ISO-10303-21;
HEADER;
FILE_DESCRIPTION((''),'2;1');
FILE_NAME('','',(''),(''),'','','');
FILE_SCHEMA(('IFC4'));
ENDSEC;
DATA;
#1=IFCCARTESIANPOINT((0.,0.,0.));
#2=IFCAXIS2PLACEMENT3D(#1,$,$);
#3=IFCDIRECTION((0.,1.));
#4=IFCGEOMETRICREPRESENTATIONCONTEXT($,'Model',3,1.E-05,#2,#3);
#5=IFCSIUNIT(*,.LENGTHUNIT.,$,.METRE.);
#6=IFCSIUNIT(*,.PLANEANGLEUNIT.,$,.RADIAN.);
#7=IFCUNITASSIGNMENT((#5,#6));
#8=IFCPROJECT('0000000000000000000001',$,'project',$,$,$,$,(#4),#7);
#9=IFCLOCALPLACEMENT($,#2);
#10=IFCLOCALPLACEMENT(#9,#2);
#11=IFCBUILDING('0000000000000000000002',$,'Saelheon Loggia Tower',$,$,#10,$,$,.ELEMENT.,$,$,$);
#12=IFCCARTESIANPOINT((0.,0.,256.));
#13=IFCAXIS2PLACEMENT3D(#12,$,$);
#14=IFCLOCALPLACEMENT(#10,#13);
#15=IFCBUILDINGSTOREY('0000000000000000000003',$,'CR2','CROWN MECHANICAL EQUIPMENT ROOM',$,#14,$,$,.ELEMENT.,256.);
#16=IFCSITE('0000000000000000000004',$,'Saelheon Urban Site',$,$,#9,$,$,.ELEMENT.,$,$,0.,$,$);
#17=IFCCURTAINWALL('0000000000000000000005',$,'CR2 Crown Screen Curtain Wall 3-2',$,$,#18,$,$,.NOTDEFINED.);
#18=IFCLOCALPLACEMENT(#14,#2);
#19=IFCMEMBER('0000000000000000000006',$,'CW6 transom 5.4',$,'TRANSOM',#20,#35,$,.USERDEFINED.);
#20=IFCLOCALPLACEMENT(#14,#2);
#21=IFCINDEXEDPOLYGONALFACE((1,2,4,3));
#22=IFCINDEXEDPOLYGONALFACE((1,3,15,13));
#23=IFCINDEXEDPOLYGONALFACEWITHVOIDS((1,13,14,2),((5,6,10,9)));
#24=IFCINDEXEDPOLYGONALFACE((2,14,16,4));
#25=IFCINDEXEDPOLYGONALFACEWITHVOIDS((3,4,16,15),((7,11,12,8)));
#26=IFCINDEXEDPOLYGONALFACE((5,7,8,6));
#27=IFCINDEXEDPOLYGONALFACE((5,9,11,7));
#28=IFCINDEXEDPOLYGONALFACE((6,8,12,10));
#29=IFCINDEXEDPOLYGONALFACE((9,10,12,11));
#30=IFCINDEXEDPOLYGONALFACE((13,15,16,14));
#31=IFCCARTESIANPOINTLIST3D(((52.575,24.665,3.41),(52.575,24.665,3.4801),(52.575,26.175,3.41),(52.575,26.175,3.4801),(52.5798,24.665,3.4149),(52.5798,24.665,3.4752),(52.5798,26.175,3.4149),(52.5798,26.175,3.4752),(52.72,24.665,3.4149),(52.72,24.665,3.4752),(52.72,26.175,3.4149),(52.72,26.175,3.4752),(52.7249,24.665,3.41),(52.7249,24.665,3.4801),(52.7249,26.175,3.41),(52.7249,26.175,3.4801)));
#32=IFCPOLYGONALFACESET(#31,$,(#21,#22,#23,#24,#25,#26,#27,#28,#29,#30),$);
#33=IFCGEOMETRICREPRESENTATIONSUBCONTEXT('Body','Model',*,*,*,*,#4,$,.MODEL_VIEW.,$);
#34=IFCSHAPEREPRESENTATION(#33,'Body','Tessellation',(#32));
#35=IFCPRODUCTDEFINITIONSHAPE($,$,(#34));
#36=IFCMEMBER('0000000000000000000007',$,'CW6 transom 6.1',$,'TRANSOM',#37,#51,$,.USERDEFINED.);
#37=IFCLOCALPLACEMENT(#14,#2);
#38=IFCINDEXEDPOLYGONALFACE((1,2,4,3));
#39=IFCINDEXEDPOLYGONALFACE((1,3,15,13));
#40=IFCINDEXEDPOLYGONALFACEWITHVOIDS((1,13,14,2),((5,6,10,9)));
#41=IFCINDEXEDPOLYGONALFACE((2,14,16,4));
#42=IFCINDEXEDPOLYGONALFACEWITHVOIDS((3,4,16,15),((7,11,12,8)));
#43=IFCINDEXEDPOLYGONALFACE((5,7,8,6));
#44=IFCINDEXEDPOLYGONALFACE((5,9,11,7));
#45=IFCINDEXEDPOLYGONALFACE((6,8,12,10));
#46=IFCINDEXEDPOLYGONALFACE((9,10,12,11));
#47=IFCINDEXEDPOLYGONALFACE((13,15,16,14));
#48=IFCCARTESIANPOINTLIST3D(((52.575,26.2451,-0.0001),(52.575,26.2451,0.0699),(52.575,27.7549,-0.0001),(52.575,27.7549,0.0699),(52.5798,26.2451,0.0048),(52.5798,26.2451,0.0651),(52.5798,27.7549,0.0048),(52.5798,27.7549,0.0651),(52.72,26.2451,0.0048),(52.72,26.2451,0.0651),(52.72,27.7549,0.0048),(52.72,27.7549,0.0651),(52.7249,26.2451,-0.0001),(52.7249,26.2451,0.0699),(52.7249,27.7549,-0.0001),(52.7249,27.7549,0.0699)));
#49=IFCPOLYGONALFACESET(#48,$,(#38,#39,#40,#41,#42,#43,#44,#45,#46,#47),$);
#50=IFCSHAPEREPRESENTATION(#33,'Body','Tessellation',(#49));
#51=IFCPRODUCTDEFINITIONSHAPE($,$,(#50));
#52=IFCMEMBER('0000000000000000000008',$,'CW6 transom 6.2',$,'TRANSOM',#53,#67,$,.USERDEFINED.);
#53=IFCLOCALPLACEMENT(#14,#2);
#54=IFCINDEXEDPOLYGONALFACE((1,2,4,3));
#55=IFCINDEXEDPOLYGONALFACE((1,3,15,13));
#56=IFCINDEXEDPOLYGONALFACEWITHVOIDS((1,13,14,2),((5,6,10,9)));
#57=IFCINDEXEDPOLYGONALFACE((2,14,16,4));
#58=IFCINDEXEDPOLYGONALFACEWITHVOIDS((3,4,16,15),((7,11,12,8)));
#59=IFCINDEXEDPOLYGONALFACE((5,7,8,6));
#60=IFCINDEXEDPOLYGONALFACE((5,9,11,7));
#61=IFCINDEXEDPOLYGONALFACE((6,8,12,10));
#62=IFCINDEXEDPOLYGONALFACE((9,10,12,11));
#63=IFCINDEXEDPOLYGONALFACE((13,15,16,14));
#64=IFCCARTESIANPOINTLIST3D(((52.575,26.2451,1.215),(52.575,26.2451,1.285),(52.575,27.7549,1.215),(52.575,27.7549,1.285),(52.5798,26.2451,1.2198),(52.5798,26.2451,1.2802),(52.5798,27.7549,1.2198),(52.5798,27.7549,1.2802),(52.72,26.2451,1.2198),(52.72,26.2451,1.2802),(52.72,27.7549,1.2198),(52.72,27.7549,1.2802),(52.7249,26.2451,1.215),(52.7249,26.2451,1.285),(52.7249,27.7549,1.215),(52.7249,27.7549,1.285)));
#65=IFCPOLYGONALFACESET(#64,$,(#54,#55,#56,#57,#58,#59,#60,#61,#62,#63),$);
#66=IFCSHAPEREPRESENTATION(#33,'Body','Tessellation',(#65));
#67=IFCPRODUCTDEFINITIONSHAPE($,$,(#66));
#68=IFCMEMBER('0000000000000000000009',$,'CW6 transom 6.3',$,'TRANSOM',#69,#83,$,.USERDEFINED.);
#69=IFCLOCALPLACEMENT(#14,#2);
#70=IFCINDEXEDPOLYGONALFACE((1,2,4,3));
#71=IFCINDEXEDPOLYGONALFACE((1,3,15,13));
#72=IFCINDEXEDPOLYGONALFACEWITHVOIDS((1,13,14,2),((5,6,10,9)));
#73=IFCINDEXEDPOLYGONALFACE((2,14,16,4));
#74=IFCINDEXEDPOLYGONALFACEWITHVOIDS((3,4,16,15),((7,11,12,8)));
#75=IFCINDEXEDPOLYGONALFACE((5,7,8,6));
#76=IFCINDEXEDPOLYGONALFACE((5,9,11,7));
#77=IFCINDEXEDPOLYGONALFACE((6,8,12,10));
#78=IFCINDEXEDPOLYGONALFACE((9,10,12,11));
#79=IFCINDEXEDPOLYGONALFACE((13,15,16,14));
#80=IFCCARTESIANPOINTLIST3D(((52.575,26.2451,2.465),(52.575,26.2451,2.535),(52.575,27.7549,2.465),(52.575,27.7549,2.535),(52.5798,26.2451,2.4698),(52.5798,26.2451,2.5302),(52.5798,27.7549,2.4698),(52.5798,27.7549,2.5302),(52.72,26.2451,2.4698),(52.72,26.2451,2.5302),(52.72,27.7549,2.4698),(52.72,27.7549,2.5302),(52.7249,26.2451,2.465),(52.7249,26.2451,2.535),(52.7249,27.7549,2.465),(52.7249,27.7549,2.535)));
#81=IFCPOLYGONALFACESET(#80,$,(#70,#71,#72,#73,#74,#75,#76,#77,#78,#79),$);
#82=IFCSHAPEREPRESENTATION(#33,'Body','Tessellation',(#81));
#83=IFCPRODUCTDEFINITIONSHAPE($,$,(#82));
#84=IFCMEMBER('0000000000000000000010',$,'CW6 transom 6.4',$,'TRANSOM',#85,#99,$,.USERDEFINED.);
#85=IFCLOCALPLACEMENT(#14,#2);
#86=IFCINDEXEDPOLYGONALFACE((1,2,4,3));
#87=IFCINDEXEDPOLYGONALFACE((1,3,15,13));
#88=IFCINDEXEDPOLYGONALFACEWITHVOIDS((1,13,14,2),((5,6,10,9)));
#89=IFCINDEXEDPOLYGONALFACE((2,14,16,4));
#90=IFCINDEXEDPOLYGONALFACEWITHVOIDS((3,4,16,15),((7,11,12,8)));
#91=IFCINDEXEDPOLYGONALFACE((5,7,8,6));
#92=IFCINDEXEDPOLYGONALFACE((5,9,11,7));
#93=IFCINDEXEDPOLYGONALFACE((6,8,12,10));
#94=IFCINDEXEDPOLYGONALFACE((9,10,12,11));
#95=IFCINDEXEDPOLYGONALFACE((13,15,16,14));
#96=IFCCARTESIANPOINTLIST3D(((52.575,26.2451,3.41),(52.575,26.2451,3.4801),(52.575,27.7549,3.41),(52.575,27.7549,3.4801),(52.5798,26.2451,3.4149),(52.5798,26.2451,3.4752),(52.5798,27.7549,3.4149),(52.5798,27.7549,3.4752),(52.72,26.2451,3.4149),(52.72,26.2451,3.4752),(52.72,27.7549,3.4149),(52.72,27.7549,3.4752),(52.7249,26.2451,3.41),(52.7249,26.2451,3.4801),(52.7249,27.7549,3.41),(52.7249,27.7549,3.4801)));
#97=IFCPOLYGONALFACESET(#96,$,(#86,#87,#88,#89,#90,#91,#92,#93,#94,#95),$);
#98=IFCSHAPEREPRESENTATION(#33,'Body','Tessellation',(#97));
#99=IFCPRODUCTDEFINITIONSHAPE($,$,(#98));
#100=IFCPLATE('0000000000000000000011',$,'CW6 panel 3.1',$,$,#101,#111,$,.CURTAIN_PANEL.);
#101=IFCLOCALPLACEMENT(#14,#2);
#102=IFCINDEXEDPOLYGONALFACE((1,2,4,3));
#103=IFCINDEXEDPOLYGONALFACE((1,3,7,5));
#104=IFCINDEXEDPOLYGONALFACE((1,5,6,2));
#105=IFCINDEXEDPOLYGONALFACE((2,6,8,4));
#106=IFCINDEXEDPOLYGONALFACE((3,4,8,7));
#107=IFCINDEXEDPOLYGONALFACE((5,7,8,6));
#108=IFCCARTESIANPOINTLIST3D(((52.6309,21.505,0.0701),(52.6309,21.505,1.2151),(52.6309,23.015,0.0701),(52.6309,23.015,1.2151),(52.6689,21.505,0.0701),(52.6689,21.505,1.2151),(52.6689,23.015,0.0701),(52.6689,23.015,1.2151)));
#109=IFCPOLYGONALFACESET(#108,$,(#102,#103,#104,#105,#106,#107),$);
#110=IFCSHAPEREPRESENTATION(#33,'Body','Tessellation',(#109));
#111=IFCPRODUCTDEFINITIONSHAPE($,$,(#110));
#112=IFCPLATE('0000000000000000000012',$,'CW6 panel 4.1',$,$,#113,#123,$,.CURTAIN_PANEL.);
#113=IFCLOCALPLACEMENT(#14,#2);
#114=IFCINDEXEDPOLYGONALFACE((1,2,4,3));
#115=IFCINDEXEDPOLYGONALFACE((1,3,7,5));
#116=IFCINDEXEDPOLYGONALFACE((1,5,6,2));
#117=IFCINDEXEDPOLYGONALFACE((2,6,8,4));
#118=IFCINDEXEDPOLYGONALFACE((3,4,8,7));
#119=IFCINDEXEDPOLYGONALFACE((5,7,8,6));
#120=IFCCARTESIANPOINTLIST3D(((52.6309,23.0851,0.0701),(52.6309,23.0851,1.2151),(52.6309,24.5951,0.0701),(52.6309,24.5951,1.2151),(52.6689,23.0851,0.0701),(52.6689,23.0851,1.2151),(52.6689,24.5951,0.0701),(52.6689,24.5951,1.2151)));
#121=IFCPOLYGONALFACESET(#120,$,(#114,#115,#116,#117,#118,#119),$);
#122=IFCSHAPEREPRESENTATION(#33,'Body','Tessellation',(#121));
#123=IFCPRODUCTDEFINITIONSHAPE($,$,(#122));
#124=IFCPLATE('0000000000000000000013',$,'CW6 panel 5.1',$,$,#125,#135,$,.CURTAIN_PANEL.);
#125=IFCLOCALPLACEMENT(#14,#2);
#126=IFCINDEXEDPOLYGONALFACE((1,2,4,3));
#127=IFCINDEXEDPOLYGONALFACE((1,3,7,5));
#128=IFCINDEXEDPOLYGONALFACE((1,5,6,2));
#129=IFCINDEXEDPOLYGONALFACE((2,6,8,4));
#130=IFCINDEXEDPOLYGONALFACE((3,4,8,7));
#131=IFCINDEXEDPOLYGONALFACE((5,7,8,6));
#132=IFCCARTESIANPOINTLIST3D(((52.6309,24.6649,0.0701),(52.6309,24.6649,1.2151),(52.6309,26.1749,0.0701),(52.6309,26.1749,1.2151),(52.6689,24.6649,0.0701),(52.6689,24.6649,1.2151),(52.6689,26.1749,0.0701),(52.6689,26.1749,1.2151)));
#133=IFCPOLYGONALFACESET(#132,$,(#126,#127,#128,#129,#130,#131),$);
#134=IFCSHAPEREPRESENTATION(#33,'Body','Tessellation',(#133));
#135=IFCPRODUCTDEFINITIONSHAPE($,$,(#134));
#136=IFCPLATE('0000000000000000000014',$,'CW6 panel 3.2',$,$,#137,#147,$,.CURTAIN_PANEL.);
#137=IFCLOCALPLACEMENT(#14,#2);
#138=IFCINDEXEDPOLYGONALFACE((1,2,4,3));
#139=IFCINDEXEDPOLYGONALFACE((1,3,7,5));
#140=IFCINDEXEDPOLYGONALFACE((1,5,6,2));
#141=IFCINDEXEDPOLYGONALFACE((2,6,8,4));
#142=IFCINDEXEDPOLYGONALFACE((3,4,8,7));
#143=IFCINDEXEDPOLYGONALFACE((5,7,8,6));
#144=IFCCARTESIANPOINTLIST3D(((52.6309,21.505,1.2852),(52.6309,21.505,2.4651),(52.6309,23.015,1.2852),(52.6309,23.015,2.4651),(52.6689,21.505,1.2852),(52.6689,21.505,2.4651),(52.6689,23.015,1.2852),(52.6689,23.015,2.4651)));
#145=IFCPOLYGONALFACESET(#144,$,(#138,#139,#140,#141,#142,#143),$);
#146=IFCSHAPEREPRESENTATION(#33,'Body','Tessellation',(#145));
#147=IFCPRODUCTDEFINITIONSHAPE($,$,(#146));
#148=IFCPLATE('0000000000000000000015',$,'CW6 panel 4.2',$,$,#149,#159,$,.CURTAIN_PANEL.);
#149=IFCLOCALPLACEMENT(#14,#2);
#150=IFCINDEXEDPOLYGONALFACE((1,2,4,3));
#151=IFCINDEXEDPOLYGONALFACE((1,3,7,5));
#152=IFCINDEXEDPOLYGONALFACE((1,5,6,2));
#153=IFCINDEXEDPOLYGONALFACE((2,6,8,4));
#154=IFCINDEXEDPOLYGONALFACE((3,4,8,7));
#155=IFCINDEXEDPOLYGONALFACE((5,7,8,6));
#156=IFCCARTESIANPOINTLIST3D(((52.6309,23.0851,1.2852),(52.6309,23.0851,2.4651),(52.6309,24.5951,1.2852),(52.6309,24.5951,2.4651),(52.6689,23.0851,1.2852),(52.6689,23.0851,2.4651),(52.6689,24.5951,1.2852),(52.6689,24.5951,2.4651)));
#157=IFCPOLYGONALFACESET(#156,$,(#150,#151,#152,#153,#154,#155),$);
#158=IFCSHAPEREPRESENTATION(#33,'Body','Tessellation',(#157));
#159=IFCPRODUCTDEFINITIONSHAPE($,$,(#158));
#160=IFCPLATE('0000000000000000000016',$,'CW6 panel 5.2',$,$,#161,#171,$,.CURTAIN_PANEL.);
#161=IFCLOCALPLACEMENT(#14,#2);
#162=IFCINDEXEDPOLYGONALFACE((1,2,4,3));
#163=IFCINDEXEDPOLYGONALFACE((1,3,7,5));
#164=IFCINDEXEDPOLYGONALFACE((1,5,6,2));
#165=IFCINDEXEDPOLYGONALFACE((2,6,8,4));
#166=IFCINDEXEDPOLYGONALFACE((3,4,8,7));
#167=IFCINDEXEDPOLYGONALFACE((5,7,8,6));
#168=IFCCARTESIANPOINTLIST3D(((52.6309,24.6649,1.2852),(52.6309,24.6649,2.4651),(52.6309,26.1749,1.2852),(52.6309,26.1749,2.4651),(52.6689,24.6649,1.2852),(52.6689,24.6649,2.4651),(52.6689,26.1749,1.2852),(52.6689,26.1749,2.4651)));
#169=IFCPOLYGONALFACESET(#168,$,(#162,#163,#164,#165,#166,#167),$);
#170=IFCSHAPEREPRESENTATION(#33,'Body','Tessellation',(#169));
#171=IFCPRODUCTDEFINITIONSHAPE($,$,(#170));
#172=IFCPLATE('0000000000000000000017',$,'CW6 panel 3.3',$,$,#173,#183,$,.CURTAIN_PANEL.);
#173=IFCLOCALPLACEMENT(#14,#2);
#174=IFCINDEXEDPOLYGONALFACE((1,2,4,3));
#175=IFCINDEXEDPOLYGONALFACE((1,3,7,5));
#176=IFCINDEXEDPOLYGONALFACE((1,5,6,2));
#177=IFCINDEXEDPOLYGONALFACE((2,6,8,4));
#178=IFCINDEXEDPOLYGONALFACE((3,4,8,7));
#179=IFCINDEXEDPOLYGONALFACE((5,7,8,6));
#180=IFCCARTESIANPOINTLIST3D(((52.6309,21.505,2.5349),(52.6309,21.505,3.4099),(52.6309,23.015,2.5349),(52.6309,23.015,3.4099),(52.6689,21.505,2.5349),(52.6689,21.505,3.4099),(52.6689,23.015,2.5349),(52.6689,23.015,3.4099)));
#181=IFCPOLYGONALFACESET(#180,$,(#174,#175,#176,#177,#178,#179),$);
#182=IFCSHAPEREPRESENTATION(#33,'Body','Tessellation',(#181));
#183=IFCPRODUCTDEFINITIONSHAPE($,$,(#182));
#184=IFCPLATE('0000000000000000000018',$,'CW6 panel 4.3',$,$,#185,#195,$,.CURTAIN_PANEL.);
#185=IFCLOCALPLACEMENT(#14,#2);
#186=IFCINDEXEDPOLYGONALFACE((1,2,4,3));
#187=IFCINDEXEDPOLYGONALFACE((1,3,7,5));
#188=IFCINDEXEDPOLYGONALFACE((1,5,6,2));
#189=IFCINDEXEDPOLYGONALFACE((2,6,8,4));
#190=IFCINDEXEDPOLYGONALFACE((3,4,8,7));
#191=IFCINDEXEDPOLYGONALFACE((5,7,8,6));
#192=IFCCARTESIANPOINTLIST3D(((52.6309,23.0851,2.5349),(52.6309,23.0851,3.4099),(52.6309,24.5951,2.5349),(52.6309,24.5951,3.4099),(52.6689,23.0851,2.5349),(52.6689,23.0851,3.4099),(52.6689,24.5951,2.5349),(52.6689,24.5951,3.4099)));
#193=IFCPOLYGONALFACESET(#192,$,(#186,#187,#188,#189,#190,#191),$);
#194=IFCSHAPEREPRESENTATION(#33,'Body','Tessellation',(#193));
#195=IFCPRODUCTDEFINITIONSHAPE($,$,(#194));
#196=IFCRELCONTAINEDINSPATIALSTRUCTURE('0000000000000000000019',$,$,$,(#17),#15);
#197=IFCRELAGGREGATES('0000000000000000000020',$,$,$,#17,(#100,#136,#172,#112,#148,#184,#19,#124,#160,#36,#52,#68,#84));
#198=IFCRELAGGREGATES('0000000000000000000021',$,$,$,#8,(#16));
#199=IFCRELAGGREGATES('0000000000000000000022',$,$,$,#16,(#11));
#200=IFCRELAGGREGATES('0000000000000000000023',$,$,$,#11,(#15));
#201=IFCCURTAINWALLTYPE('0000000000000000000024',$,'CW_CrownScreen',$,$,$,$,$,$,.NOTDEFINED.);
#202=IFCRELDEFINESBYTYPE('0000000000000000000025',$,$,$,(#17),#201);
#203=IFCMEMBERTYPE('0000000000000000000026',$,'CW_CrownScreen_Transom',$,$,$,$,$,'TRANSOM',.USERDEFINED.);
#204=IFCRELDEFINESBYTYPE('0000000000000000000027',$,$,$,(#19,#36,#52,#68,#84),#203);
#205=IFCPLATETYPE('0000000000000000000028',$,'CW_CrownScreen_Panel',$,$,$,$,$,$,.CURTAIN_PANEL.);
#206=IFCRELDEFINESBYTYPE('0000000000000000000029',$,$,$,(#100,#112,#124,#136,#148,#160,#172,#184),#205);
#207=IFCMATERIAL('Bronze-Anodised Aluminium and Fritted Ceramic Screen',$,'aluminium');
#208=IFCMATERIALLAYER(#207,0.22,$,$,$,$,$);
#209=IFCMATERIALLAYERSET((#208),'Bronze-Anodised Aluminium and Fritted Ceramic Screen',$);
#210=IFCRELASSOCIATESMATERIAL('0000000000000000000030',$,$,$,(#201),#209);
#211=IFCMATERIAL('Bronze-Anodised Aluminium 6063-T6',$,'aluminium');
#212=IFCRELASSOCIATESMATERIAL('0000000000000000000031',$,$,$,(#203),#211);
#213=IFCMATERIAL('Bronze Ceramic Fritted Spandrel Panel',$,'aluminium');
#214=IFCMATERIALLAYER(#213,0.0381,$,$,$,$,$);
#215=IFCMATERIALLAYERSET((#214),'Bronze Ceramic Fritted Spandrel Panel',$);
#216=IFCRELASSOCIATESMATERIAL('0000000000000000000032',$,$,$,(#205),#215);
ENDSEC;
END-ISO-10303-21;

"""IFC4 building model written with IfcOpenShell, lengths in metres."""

from ifc_helpers import new_model, si_unit, direction, frame, origin, origin_2d, place, context, subcontext, project, spatial, rectangle, hollow_rectangle, extrude, source, transform, mapped, material, layer, layer_set, material_profile, profile_set, type_object, element, aggregate, save


model = new_model("IFC4")

# Units and contexts
model_context = context("Model", 3, precision=1e-05, world=origin(), true_north=direction((0.0, 1.0)))
body_context = subcontext(model_context, "Body", "Model", "MODEL_VIEW")
ifc_project = project(units=[si_unit("LENGTHUNIT", "METRE"), si_unit("PLANEANGLEUNIT", "RADIAN")], contexts=[model_context])

# Site, building, storey
site_placement = place(None, origin())
site = spatial("IfcSite", under=ifc_project, at=site_placement, Name="Saelheon Urban Site", CompositionType="ELEMENT", RefElevation=0.0)
building_placement = place(site_placement, origin())
building = spatial("IfcBuilding", under=site, at=building_placement, Name="Saelheon Loggia Tower", CompositionType="ELEMENT")
storey_placement = place(building_placement, frame((0.0, 0.0, 256.0)))
storey = spatial("IfcBuildingStorey", under=building, at=storey_placement, Name="CR2", Description="CROWN MECHANICAL EQUIPMENT ROOM", CompositionType="ELEMENT", Elevation=256.0)

# Curtain wall, members, plates
ifc_material_1 = material(Name="Bronze-Anodised Aluminium and Fritted Ceramic Screen", Category="aluminium")
ifc_layer_1 = layer(ifc_material_1, 0.22)
ifc_layer_set_1 = layer_set([ifc_layer_1], Name="Bronze-Anodised Aluminium and Fritted Ceramic Screen")
curtain_wall_type = type_object("IfcCurtainWallType", Name="CW_CrownScreen", PredefinedType="NOTDEFINED", material=ifc_layer_set_1)
curtain_wall_placement = place(storey_placement, origin())
curtain_wall = element("IfcCurtainWall", 1, at=curtain_wall_placement, inside=storey, type_object=curtain_wall_type, Name="CR2 Crown Screen Curtain Wall 3-2", PredefinedType="NOTDEFINED")
ifc_material_2 = material(Name="Bronze-Anodised Aluminium 6063-T6", Category="aluminium")
ifc_material_profile_1 = material_profile(ifc_material_2, hollow_rectangle(XDim=0.0701, YDim=0.1499, WallThickness=0.0049, at=origin_2d()), Name="RHS-150x70x5")
ifc_profile_set_1 = profile_set([ifc_material_profile_1], Name="Bronze-Anodised Aluminium 6063-T6")
member_type_1 = type_object("IfcMemberType", Name="CW_CrownScreen_Transom", ElementType="TRANSOM", PredefinedType="USERDEFINED", material=ifc_profile_set_1)
shared_shape_1 = source(origin(), body_context, "Body", "SweptSolid", [
    extrude(hollow_rectangle(XDim=0.0701, YDim=0.1499, WallThickness=0.0049, at=origin_2d()), origin(), (0.0, 0.0, 1.0), 1.51),
])
member_1_placement = place(storey_placement, frame((52.6499, 24.665, 3.4451), z_axis=(0.0, 1.0, 0.0), x_axis=(0.0, 0.0, 1.0)))
member_1 = element("IfcMember", 2, at=member_1_placement, type_object=member_type_1, Name="CW6 transom 5.4", ObjectType="TRANSOM", PredefinedType="USERDEFINED", context=body_context, shape_type="MappedRepresentation", body=[
    mapped(shared_shape_1, transform((0.0, 0.0, 0.0), scale=1.0)),
])
shared_shape_2 = source(origin(), body_context, "Body", "SweptSolid", [
    extrude(hollow_rectangle(XDim=0.0701, YDim=0.1499, WallThickness=0.0049, at=origin_2d()), origin(), (0.0, 0.0, 1.0), 1.5098),
])
member_2_placement = place(storey_placement, frame((52.6499, 26.2451, 0.0349), z_axis=(0.0, 1.0, 0.0), x_axis=(0.0, 0.0, 1.0)))
member_2 = element("IfcMember", 3, at=member_2_placement, type_object=member_type_1, Name="CW6 transom 6.1", ObjectType="TRANSOM", PredefinedType="USERDEFINED", context=body_context, shape_type="MappedRepresentation", body=[
    mapped(shared_shape_2, transform((0.0, 0.0, 0.0), scale=1.0)),
])
member_3_placement = place(storey_placement, frame((52.6499, 26.2451, 1.25), z_axis=(0.0, 1.0, 0.0), x_axis=(0.0, 0.0, 1.0)))
member_3 = element("IfcMember", 4, at=member_3_placement, type_object=member_type_1, Name="CW6 transom 6.2", ObjectType="TRANSOM", PredefinedType="USERDEFINED", context=body_context, shape_type="MappedRepresentation", body=[
    mapped(shared_shape_2, transform((0.0, 0.0, 0.0), scale=1.0)),
])
member_4_placement = place(storey_placement, frame((52.6499, 26.2451, 2.5), z_axis=(0.0, 1.0, 0.0), x_axis=(0.0, 0.0, 1.0)))
member_4 = element("IfcMember", 5, at=member_4_placement, type_object=member_type_1, Name="CW6 transom 6.3", ObjectType="TRANSOM", PredefinedType="USERDEFINED", context=body_context, shape_type="MappedRepresentation", body=[
    mapped(shared_shape_2, transform((0.0, 0.0, 0.0), scale=1.0)),
])
member_5_placement = place(storey_placement, frame((52.6499, 26.2451, 3.4451), z_axis=(0.0, 1.0, 0.0), x_axis=(0.0, 0.0, 1.0)))
member_5 = element("IfcMember", 6, at=member_5_placement, type_object=member_type_1, Name="CW6 transom 6.4", ObjectType="TRANSOM", PredefinedType="USERDEFINED", context=body_context, shape_type="MappedRepresentation", body=[
    mapped(shared_shape_2, transform((0.0, 0.0, 0.0), scale=1.0)),
])
ifc_material_3 = material(Name="Bronze Ceramic Fritted Spandrel Panel", Category="aluminium")
ifc_layer_2 = layer(ifc_material_3, 0.0381)
ifc_layer_set_2 = layer_set([ifc_layer_2], Name="Bronze Ceramic Fritted Spandrel Panel")
plate_type = type_object("IfcPlateType", Name="CW_CrownScreen_Panel", PredefinedType="CURTAIN_PANEL", material=ifc_layer_set_2)
shared_shape_3 = source(origin(), body_context, "Body", "SweptSolid", [
    extrude(rectangle(XDim=1.51, YDim=0.0381, at=origin_2d()), origin(), (0.0, 0.0, 1.0), 1.145),
])
plate_1_placement = place(storey_placement, frame((52.6499, 22.26, 0.0701), z_axis=(0.0, 0.0, 1.0), x_axis=(0.0, 1.0, 0.0)))
plate_1 = element("IfcPlate", 7, at=plate_1_placement, type_object=plate_type, Name="CW6 panel 3.1", PredefinedType="CURTAIN_PANEL", context=body_context, shape_type="MappedRepresentation", body=[
    mapped(shared_shape_3, transform((0.0, 0.0, 0.0), scale=1.0)),
])
plate_2_placement = place(storey_placement, frame((52.6499, 23.8401, 0.0701), z_axis=(0.0, 0.0, 1.0), x_axis=(0.0, 1.0, 0.0)))
plate_2 = element("IfcPlate", 8, at=plate_2_placement, type_object=plate_type, Name="CW6 panel 4.1", PredefinedType="CURTAIN_PANEL", context=body_context, shape_type="MappedRepresentation", body=[
    mapped(shared_shape_3, transform((0.0, 0.0, 0.0), scale=1.0)),
])
plate_3_placement = place(storey_placement, frame((52.6499, 25.4199, 0.0701), z_axis=(0.0, 0.0, 1.0), x_axis=(0.0, 1.0, 0.0)))
plate_3 = element("IfcPlate", 9, at=plate_3_placement, type_object=plate_type, Name="CW6 panel 5.1", PredefinedType="CURTAIN_PANEL", context=body_context, shape_type="MappedRepresentation", body=[
    mapped(shared_shape_3, transform((0.0, 0.0, 0.0), scale=1.0)),
])
shared_shape_4 = source(origin(), body_context, "Body", "SweptSolid", [
    extrude(rectangle(XDim=1.51, YDim=0.0381, at=origin_2d()), origin(), (0.0, 0.0, 1.0), 1.1799),
])
plate_4_placement = place(storey_placement, frame((52.6499, 22.26, 1.2852), z_axis=(0.0, 0.0, 1.0), x_axis=(0.0, 1.0, 0.0)))
plate_4 = element("IfcPlate", 10, at=plate_4_placement, type_object=plate_type, Name="CW6 panel 3.2", PredefinedType="CURTAIN_PANEL", context=body_context, shape_type="MappedRepresentation", body=[
    mapped(shared_shape_4, transform((0.0, 0.0, 0.0), scale=1.0)),
])
plate_5_placement = place(storey_placement, frame((52.6499, 23.8401, 1.2852), z_axis=(0.0, 0.0, 1.0), x_axis=(0.0, 1.0, 0.0)))
plate_5 = element("IfcPlate", 11, at=plate_5_placement, type_object=plate_type, Name="CW6 panel 4.2", PredefinedType="CURTAIN_PANEL", context=body_context, shape_type="MappedRepresentation", body=[
    mapped(shared_shape_4, transform((0.0, 0.0, 0.0), scale=1.0)),
])
plate_6_placement = place(storey_placement, frame((52.6499, 25.4199, 1.2852), z_axis=(0.0, 0.0, 1.0), x_axis=(0.0, 1.0, 0.0)))
plate_6 = element("IfcPlate", 12, at=plate_6_placement, type_object=plate_type, Name="CW6 panel 5.2", PredefinedType="CURTAIN_PANEL", context=body_context, shape_type="MappedRepresentation", body=[
    mapped(shared_shape_4, transform((0.0, 0.0, 0.0), scale=1.0)),
])
shared_shape_5 = source(origin(), body_context, "Body", "SweptSolid", [
    extrude(rectangle(XDim=1.51, YDim=0.0381, at=origin_2d()), origin(), (0.0, 0.0, 1.0), 0.875),
])
plate_7_placement = place(storey_placement, frame((52.6499, 22.26, 2.5349), z_axis=(0.0, 0.0, 1.0), x_axis=(0.0, 1.0, 0.0)))
plate_7 = element("IfcPlate", 13, at=plate_7_placement, type_object=plate_type, Name="CW6 panel 3.3", PredefinedType="CURTAIN_PANEL", context=body_context, shape_type="MappedRepresentation", body=[
    mapped(shared_shape_5, transform((0.0, 0.0, 0.0), scale=1.0)),
])
plate_8_placement = place(storey_placement, frame((52.6499, 23.8401, 2.5349), z_axis=(0.0, 0.0, 1.0), x_axis=(0.0, 1.0, 0.0)))
plate_8 = element("IfcPlate", 14, at=plate_8_placement, type_object=plate_type, Name="CW6 panel 4.3", PredefinedType="CURTAIN_PANEL", context=body_context, shape_type="MappedRepresentation", body=[
    mapped(shared_shape_5, transform((0.0, 0.0, 0.0), scale=1.0)),
])
aggregate(curtain_wall, [plate_1, plate_4, plate_7, plate_2, plate_5, plate_8, member_1, plate_3, plate_6, member_2, member_3, member_4, member_5])

save(model, "model.ifc")
